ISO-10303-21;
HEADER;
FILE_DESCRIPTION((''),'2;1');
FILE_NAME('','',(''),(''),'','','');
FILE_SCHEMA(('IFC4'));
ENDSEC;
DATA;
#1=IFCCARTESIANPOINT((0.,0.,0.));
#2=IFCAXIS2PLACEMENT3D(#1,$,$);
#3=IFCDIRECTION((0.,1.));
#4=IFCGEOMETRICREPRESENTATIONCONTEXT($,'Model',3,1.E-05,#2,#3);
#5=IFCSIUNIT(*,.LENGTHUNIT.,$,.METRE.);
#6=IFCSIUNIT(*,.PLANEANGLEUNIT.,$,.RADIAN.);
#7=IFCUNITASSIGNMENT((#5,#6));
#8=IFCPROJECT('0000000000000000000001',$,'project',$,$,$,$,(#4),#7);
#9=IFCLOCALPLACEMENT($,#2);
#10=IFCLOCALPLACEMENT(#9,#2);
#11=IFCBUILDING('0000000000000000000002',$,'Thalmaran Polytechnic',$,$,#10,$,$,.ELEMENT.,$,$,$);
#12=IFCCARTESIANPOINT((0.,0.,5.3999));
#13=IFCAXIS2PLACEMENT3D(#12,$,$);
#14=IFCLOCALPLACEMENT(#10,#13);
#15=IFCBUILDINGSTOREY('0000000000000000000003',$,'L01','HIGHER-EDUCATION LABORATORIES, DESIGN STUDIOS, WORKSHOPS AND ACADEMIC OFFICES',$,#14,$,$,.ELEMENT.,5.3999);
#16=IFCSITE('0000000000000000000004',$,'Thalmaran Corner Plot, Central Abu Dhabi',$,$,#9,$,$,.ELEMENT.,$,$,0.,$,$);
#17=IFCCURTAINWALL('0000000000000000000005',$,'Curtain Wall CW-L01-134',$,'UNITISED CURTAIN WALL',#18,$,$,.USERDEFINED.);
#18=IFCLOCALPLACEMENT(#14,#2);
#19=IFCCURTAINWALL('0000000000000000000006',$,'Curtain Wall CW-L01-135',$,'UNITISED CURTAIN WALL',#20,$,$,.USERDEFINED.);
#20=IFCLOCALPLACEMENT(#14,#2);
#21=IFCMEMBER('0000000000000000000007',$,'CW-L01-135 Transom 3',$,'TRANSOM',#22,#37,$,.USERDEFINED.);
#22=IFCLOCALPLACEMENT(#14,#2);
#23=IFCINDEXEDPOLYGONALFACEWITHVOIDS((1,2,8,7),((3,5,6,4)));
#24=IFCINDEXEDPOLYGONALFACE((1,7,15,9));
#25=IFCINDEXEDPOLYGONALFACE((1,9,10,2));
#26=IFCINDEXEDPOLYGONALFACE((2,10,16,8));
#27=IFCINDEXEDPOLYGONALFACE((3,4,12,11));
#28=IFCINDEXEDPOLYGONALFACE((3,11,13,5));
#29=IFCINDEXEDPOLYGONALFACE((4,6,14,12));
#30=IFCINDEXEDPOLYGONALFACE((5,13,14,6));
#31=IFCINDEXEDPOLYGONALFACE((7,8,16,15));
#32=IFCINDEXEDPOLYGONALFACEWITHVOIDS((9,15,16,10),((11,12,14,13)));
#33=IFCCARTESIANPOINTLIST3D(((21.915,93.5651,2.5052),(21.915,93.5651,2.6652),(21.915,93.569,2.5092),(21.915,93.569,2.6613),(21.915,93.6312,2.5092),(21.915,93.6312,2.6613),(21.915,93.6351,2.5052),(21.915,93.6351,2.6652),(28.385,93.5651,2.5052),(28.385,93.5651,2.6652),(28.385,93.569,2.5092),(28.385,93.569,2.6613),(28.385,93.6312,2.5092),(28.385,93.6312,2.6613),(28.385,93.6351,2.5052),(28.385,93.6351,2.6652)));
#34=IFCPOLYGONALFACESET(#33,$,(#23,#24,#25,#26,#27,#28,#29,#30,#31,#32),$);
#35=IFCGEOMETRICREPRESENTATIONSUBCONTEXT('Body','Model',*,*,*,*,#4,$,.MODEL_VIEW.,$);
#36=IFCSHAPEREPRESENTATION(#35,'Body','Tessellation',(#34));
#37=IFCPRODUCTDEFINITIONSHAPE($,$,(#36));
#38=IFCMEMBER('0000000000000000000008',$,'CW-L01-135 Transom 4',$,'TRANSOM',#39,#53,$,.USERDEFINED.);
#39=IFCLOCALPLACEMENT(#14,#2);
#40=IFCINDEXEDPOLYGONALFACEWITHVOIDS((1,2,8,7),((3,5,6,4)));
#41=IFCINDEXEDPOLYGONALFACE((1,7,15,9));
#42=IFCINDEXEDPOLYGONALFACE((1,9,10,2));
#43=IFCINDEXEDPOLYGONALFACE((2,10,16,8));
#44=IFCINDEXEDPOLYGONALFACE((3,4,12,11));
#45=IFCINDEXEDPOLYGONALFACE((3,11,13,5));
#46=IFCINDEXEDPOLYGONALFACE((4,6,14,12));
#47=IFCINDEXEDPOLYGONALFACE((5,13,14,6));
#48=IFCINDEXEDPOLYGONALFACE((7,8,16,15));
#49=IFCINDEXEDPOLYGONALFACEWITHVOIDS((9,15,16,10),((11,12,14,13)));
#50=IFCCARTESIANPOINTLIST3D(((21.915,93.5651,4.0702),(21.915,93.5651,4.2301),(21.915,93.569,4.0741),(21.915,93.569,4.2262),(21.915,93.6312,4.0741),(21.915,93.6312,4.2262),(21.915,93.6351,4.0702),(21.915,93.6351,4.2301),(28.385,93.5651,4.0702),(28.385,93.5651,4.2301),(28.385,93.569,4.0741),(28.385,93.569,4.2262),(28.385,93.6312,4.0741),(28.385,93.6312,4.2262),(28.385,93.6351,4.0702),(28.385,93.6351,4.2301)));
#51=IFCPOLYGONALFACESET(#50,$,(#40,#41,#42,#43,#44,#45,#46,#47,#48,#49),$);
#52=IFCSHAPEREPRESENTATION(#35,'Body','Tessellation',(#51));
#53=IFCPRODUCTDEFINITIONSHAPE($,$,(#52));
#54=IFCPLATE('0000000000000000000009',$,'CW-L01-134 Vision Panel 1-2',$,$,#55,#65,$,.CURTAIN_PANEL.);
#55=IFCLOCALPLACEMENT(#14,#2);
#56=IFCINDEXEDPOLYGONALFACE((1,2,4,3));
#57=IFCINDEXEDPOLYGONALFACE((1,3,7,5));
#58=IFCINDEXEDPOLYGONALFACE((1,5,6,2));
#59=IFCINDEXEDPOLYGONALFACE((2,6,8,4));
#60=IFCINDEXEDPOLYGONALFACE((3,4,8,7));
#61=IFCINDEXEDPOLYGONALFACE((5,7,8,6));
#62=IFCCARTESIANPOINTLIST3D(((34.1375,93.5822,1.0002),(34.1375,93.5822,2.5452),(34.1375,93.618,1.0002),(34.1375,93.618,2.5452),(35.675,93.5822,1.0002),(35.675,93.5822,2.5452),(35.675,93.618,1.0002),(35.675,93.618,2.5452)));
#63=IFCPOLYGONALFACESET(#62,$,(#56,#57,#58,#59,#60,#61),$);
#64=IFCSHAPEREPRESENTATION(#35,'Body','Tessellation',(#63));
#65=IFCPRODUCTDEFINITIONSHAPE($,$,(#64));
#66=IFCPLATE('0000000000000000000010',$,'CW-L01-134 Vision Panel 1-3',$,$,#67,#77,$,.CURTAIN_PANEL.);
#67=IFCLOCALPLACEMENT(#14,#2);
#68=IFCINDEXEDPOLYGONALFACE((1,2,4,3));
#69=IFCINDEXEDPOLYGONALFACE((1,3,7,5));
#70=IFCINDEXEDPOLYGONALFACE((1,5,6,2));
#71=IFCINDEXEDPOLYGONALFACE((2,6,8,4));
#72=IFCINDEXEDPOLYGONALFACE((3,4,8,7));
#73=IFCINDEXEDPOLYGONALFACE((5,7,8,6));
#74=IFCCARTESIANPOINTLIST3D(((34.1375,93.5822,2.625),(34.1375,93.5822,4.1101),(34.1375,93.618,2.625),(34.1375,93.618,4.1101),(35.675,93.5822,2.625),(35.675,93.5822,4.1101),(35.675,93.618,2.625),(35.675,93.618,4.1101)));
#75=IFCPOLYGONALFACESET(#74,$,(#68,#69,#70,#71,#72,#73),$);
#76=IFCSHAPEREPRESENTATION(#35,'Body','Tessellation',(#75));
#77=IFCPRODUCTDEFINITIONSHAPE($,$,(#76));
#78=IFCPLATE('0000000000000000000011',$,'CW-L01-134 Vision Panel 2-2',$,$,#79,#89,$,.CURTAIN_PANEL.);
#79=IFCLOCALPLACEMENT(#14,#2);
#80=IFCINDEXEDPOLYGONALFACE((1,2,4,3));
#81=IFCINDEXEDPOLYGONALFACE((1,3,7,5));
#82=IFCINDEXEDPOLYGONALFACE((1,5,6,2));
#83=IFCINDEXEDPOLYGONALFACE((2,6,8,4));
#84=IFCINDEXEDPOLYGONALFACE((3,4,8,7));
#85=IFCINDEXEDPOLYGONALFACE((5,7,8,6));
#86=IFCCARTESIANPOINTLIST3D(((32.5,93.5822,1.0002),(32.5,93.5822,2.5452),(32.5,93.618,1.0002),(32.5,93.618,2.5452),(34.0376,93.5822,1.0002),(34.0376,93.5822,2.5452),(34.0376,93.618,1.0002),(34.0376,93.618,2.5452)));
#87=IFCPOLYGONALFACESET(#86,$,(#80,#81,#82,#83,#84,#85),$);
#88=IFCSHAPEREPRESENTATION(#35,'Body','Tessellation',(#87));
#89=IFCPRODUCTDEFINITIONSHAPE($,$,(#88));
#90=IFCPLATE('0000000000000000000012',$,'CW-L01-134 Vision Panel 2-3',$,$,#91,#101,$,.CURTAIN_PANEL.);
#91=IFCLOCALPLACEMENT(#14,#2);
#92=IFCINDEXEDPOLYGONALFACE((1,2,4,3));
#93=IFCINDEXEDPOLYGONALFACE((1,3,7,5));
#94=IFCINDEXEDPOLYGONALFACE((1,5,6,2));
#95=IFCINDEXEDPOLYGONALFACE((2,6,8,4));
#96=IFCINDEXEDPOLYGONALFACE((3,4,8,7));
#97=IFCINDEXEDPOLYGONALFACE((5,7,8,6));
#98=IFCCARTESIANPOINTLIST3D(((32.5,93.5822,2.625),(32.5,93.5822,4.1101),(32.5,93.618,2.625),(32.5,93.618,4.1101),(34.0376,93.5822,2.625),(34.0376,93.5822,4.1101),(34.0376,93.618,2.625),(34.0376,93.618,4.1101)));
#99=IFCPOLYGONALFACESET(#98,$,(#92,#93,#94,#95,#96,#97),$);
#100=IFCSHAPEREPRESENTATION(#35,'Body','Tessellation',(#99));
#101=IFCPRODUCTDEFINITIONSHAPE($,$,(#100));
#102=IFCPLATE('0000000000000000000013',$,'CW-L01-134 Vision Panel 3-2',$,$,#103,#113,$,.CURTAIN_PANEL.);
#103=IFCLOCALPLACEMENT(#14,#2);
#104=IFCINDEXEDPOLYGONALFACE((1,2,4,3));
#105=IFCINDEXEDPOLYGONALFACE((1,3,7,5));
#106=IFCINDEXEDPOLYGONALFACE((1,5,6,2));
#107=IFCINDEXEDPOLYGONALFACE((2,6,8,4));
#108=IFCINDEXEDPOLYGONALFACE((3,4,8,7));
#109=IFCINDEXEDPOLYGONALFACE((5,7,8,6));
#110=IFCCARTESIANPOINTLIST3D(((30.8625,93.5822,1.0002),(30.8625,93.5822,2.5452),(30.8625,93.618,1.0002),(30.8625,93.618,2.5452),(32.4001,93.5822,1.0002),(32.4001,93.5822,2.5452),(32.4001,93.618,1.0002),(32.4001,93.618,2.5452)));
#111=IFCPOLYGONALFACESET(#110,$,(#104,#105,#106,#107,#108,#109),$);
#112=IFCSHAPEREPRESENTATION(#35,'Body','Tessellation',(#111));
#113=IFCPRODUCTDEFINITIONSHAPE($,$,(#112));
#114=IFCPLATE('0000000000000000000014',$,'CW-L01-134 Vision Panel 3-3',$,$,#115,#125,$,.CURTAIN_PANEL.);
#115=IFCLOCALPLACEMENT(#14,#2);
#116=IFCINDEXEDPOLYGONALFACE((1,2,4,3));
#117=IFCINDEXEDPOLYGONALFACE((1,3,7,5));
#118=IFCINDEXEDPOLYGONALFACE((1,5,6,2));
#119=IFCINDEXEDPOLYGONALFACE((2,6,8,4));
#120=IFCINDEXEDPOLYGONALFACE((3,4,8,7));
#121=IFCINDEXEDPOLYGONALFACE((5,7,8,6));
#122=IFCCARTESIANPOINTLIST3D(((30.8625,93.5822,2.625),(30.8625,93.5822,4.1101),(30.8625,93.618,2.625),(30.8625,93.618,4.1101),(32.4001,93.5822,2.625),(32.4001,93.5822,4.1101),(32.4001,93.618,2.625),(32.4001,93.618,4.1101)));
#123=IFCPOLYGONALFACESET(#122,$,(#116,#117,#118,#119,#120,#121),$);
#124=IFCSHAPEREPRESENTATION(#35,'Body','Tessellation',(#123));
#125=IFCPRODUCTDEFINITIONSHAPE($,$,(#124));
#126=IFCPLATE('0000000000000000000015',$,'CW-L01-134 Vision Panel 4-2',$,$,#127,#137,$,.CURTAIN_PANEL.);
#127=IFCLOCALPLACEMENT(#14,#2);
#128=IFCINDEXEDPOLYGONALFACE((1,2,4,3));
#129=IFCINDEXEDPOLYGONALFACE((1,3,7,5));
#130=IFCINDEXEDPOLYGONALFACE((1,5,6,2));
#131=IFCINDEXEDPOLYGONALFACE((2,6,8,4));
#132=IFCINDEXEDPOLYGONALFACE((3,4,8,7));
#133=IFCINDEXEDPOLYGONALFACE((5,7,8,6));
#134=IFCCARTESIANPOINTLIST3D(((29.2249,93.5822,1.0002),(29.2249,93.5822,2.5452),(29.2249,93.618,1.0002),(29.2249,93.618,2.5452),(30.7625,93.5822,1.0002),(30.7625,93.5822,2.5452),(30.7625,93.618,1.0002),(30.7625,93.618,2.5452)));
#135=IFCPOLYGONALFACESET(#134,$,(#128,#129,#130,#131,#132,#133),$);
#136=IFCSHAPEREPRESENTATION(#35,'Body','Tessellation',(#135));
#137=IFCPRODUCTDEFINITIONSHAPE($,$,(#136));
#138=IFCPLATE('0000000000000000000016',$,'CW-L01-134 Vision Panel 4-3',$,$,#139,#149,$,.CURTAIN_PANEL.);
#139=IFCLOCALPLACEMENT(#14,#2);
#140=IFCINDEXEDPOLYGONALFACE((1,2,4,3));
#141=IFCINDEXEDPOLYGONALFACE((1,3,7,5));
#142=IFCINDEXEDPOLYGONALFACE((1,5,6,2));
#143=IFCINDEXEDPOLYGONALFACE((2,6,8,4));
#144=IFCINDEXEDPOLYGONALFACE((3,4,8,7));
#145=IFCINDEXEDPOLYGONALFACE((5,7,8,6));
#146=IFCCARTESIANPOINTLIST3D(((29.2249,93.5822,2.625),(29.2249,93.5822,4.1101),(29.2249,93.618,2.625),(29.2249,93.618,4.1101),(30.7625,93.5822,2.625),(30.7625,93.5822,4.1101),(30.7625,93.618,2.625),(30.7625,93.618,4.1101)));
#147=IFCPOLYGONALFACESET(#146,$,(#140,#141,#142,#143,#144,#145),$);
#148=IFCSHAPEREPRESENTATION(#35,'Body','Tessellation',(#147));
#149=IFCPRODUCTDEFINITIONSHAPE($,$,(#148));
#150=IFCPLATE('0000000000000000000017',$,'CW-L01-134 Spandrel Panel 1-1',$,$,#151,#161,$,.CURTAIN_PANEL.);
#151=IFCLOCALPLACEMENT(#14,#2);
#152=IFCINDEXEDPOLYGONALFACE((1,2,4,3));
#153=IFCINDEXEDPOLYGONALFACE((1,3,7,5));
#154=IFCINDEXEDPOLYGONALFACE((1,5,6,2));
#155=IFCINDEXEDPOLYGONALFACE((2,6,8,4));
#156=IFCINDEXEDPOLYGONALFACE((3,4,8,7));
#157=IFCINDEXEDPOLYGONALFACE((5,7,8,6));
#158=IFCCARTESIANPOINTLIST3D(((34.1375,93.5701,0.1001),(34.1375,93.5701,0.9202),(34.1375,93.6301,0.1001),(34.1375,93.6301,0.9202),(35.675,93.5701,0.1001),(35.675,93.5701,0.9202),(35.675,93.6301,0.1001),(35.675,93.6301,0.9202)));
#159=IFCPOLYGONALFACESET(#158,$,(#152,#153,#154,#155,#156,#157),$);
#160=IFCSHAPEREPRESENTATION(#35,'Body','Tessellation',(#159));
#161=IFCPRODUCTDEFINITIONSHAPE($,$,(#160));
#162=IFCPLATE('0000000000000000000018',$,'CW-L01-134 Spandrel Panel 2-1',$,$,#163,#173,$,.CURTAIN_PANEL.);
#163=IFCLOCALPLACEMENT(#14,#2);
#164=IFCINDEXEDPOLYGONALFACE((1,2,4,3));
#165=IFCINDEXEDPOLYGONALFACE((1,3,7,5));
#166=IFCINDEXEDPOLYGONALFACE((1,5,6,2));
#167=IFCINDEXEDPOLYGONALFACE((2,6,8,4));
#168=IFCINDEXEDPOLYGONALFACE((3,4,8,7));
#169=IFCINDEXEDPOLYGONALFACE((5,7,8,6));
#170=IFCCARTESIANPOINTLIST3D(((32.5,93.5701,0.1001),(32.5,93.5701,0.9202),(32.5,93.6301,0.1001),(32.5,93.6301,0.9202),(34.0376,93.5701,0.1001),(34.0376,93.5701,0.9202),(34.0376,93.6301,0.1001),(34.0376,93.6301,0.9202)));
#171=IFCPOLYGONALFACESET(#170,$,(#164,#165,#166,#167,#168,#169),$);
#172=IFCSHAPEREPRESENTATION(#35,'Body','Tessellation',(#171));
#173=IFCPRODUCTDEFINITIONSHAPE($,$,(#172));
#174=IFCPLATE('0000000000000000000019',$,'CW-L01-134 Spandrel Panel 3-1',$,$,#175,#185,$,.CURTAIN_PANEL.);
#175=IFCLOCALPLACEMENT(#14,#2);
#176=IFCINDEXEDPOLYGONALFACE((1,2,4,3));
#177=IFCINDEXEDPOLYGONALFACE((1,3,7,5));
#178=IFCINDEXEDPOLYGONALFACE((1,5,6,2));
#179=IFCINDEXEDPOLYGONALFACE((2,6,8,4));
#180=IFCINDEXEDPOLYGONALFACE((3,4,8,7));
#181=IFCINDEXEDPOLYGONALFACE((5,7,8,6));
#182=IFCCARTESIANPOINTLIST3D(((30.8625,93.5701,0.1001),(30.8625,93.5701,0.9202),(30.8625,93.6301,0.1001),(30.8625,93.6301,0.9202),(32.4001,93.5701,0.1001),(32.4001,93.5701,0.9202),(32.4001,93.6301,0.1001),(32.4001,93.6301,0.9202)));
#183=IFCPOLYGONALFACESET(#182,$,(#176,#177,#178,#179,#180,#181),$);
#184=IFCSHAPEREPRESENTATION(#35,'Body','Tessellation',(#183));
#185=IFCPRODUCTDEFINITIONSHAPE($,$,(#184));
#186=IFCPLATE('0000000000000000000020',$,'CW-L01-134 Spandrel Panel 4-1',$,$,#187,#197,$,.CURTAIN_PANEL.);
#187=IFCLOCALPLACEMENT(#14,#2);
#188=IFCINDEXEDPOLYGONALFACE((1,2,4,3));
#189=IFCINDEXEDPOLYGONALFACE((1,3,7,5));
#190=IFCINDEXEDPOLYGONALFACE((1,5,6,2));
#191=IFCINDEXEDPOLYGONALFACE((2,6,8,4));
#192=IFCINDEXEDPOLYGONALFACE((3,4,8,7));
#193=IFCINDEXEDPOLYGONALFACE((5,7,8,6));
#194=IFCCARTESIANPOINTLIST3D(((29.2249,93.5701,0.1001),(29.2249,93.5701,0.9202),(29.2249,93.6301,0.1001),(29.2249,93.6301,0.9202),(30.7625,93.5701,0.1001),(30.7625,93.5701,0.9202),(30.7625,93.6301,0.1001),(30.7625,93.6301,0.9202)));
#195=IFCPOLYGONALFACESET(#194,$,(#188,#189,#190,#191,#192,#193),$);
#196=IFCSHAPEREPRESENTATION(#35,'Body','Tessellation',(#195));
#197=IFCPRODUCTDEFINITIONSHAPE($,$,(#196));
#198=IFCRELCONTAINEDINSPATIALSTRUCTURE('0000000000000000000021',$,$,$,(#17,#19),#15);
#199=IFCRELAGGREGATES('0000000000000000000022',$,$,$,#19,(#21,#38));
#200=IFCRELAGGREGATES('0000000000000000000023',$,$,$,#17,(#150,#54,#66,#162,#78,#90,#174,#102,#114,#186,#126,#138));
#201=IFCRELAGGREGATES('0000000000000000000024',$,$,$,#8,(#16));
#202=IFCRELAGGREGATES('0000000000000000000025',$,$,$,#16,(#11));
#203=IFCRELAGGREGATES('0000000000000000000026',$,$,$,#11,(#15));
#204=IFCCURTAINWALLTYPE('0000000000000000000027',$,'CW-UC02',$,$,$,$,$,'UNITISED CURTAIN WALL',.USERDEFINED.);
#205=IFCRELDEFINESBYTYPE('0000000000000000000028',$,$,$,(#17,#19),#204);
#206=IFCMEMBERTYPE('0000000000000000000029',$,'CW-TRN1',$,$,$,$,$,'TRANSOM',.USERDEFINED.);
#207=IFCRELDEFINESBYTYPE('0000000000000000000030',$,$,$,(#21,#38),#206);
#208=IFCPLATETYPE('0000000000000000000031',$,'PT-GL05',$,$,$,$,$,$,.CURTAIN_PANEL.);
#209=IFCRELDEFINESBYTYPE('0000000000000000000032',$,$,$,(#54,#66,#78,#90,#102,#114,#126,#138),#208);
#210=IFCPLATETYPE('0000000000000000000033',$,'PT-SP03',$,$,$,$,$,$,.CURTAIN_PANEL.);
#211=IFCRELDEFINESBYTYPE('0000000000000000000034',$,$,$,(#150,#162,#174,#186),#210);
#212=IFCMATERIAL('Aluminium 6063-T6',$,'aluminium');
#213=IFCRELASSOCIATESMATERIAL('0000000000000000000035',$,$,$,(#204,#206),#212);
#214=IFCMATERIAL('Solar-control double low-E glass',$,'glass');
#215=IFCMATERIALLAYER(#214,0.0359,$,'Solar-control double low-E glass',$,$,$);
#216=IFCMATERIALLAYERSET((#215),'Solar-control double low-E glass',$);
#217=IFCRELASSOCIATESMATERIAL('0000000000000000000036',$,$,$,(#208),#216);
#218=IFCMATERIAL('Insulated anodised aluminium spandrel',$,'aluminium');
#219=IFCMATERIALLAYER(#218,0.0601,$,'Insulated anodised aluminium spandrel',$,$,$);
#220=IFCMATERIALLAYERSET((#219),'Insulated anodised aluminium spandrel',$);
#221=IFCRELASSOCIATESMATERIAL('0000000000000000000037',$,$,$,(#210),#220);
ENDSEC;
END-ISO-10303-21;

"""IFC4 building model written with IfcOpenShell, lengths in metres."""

from ifc_helpers import new_model, si_unit, direction, frame, origin, origin_2d, place, context, subcontext, project, spatial, rectangle, hollow_rectangle, extrude, material, layer, layer_set, material_profile, profile_set, type_object, element, aggregate, save


model = new_model("IFC4")

# Units and contexts
model_context = context("Model", 3, precision=1e-05, world=origin(), true_north=direction((0.0, 1.0)))
body_context = subcontext(model_context, "Body", "Model", "MODEL_VIEW")
ifc_project = project(units=[si_unit("LENGTHUNIT", "METRE"), si_unit("PLANEANGLEUNIT", "RADIAN")], contexts=[model_context])

# Site, building, storey
site_placement = place(None, origin())
site = spatial("IfcSite", under=ifc_project, at=site_placement, Name="Thalmaran Corner Plot, Central Abu Dhabi", CompositionType="ELEMENT", RefElevation=0.0)
building_placement = place(site_placement, origin())
building = spatial("IfcBuilding", under=site, at=building_placement, Name="Thalmaran Polytechnic", CompositionType="ELEMENT")
storey_placement = place(building_placement, frame((0.0, 0.0, 5.3999)))
storey = spatial("IfcBuildingStorey", under=building, at=storey_placement, Name="L01", Description="HIGHER-EDUCATION LABORATORIES, DESIGN STUDIOS, WORKSHOPS AND ACADEMIC OFFICES", CompositionType="ELEMENT", Elevation=5.3999)

# Curtain walls, members
ifc_material_1 = material(Name="Aluminium 6063-T6", Category="aluminium")
curtain_wall_type = type_object("IfcCurtainWallType", Name="CW-UC02", ElementType="UNITISED CURTAIN WALL", PredefinedType="USERDEFINED", material=ifc_material_1)
curtain_wall_1_placement = place(storey_placement, origin())
curtain_wall_1 = element("IfcCurtainWall", 1, at=curtain_wall_1_placement, inside=storey, type_object=curtain_wall_type, Name="Curtain Wall CW-L01-134", ObjectType="UNITISED CURTAIN WALL", PredefinedType="USERDEFINED")
ifc_material_profile_1 = material_profile(ifc_material_1, hollow_rectangle(XDim=0.0701, YDim=0.1599, WallThickness=0.0039, at=origin_2d()), Name="AL 160x70x4.0")
ifc_profile_set_1 = profile_set([ifc_material_profile_1], Name="Aluminium 6063-T6")
member_type_1 = type_object("IfcMemberType", Name="CW-TRN1", ElementType="TRANSOM", PredefinedType="USERDEFINED", material=ifc_profile_set_1)
curtain_wall_2_placement = place(storey_placement, origin())
curtain_wall_2 = element("IfcCurtainWall", 2, at=curtain_wall_2_placement, inside=storey, type_object=curtain_wall_type, Name="Curtain Wall CW-L01-135", ObjectType="UNITISED CURTAIN WALL", PredefinedType="USERDEFINED")
member_1_placement = place(storey_placement, frame((28.385, 93.6001, 2.5852), z_axis=(-1.0, 0.0, 0.0), x_axis=(0.0, -1.0, 0.0)))
member_1 = element("IfcMember", 3, at=member_1_placement, type_object=member_type_1, Name="CW-L01-135 Transom 3", ObjectType="TRANSOM", PredefinedType="USERDEFINED", context=body_context, shape_type="SweptSolid", body=[
    extrude(hollow_rectangle(XDim=0.0701, YDim=0.1599, WallThickness=0.0039, at=origin_2d()), origin(), (0.0, 0.0, 1.0), 6.47),
])
member_2_placement = place(storey_placement, frame((28.385, 93.6001, 4.1501), z_axis=(-1.0, 0.0, 0.0), x_axis=(0.0, -1.0, 0.0)))
member_2 = element("IfcMember", 4, at=member_2_placement, type_object=member_type_1, Name="CW-L01-135 Transom 4", ObjectType="TRANSOM", PredefinedType="USERDEFINED", context=body_context, shape_type="SweptSolid", body=[
    extrude(hollow_rectangle(XDim=0.0701, YDim=0.1599, WallThickness=0.0039, at=origin_2d()), origin(), (0.0, 0.0, 1.0), 6.47),
])
aggregate(curtain_wall_2, [member_1, member_2])

# Plates
ifc_material_2 = material(Name="Solar-control double low-E glass", Category="glass")
ifc_layer_1 = layer(ifc_material_2, 0.0359, Name="Solar-control double low-E glass")
ifc_layer_set_1 = layer_set([ifc_layer_1], Name="Solar-control double low-E glass")
plate_type_1 = type_object("IfcPlateType", Name="PT-GL05", PredefinedType="CURTAIN_PANEL", material=ifc_layer_set_1)
plate_1_placement = place(storey_placement, frame((34.9062, 93.6001, 1.0002), z_axis=(0.0, 0.0, 1.0), x_axis=(-1.0, 0.0, 0.0)))
plate_1 = element("IfcPlate", 5, at=plate_1_placement, type_object=plate_type_1, Name="CW-L01-134 Vision Panel 1-2", PredefinedType="CURTAIN_PANEL", context=body_context, shape_type="SweptSolid", body=[
    extrude(rectangle(XDim=1.5376, YDim=0.0359, at=origin_2d()), origin(), (0.0, 0.0, 1.0), 1.5449),
])
plate_2_placement = place(storey_placement, frame((34.9062, 93.6001, 2.625), z_axis=(0.0, 0.0, 1.0), x_axis=(-1.0, 0.0, 0.0)))
plate_2 = element("IfcPlate", 6, at=plate_2_placement, type_object=plate_type_1, Name="CW-L01-134 Vision Panel 1-3", PredefinedType="CURTAIN_PANEL", context=body_context, shape_type="SweptSolid", body=[
    extrude(rectangle(XDim=1.5376, YDim=0.0359, at=origin_2d()), origin(), (0.0, 0.0, 1.0), 1.4851),
])
plate_3_placement = place(storey_placement, frame((33.2688, 93.6001, 1.0002), z_axis=(0.0, 0.0, 1.0), x_axis=(-1.0, 0.0, 0.0)))
plate_3 = element("IfcPlate", 7, at=plate_3_placement, type_object=plate_type_1, Name="CW-L01-134 Vision Panel 2-2", PredefinedType="CURTAIN_PANEL", context=body_context, shape_type="SweptSolid", body=[
    extrude(rectangle(XDim=1.5376, YDim=0.0359, at=origin_2d()), origin(), (0.0, 0.0, 1.0), 1.5449),
])
plate_4_placement = place(storey_placement, frame((33.2688, 93.6001, 2.625), z_axis=(0.0, 0.0, 1.0), x_axis=(-1.0, 0.0, 0.0)))
plate_4 = element("IfcPlate", 8, at=plate_4_placement, type_object=plate_type_1, Name="CW-L01-134 Vision Panel 2-3", PredefinedType="CURTAIN_PANEL", context=body_context, shape_type="SweptSolid", body=[
    extrude(rectangle(XDim=1.5376, YDim=0.0359, at=origin_2d()), origin(), (0.0, 0.0, 1.0), 1.4851),
])
plate_5_placement = place(storey_placement, frame((31.6313, 93.6001, 1.0002), z_axis=(0.0, 0.0, 1.0), x_axis=(-1.0, 0.0, 0.0)))
plate_5 = element("IfcPlate", 9, at=plate_5_placement, type_object=plate_type_1, Name="CW-L01-134 Vision Panel 3-2", PredefinedType="CURTAIN_PANEL", context=body_context, shape_type="SweptSolid", body=[
    extrude(rectangle(XDim=1.5376, YDim=0.0359, at=origin_2d()), origin(), (0.0, 0.0, 1.0), 1.5449),
])
plate_6_placement = place(storey_placement, frame((31.6313, 93.6001, 2.625), z_axis=(0.0, 0.0, 1.0), x_axis=(-1.0, 0.0, 0.0)))
plate_6 = element("IfcPlate", 10, at=plate_6_placement, type_object=plate_type_1, Name="CW-L01-134 Vision Panel 3-3", PredefinedType="CURTAIN_PANEL", context=body_context, shape_type="SweptSolid", body=[
    extrude(rectangle(XDim=1.5376, YDim=0.0359, at=origin_2d()), origin(), (0.0, 0.0, 1.0), 1.4851),
])
plate_7_placement = place(storey_placement, frame((29.9937, 93.6001, 1.0002), z_axis=(0.0, 0.0, 1.0), x_axis=(-1.0, 0.0, 0.0)))
plate_7 = element("IfcPlate", 11, at=plate_7_placement, type_object=plate_type_1, Name="CW-L01-134 Vision Panel 4-2", PredefinedType="CURTAIN_PANEL", context=body_context, shape_type="SweptSolid", body=[
    extrude(rectangle(XDim=1.5376, YDim=0.0359, at=origin_2d()), origin(), (0.0, 0.0, 1.0), 1.5449),
])
plate_8_placement = place(storey_placement, frame((29.9937, 93.6001, 2.625), z_axis=(0.0, 0.0, 1.0), x_axis=(-1.0, 0.0, 0.0)))
plate_8 = element("IfcPlate", 12, at=plate_8_placement, type_object=plate_type_1, Name="CW-L01-134 Vision Panel 4-3", PredefinedType="CURTAIN_PANEL", context=body_context, shape_type="SweptSolid", body=[
    extrude(rectangle(XDim=1.5376, YDim=0.0359, at=origin_2d()), origin(), (0.0, 0.0, 1.0), 1.4851),
])
ifc_material_3 = material(Name="Insulated anodised aluminium spandrel", Category="aluminium")
ifc_layer_2 = layer(ifc_material_3, 0.0601, Name="Insulated anodised aluminium spandrel")
ifc_layer_set_2 = layer_set([ifc_layer_2], Name="Insulated anodised aluminium spandrel")
plate_type_2 = type_object("IfcPlateType", Name="PT-SP03", PredefinedType="CURTAIN_PANEL", material=ifc_layer_set_2)
plate_9_placement = place(storey_placement, frame((34.9062, 93.6001, 0.1001), z_axis=(0.0, 0.0, 1.0), x_axis=(-1.0, 0.0, 0.0)))
plate_9 = element("IfcPlate", 13, at=plate_9_placement, type_object=plate_type_2, Name="CW-L01-134 Spandrel Panel 1-1", PredefinedType="CURTAIN_PANEL", context=body_context, shape_type="SweptSolid", body=[
    extrude(rectangle(XDim=1.5376, YDim=0.0601, at=origin_2d()), origin(), (0.0, 0.0, 1.0), 0.8201),
])
plate_10_placement = place(storey_placement, frame((33.2688, 93.6001, 0.1001), z_axis=(0.0, 0.0, 1.0), x_axis=(-1.0, 0.0, 0.0)))
plate_10 = element("IfcPlate", 14, at=plate_10_placement, type_object=plate_type_2, Name="CW-L01-134 Spandrel Panel 2-1", PredefinedType="CURTAIN_PANEL", context=body_context, shape_type="SweptSolid", body=[
    extrude(rectangle(XDim=1.5376, YDim=0.0601, at=origin_2d()), origin(), (0.0, 0.0, 1.0), 0.8201),
])
plate_11_placement = place(storey_placement, frame((31.6313, 93.6001, 0.1001), z_axis=(0.0, 0.0, 1.0), x_axis=(-1.0, 0.0, 0.0)))
plate_11 = element("IfcPlate", 15, at=plate_11_placement, type_object=plate_type_2, Name="CW-L01-134 Spandrel Panel 3-1", PredefinedType="CURTAIN_PANEL", context=body_context, shape_type="SweptSolid", body=[
    extrude(rectangle(XDim=1.5376, YDim=0.0601, at=origin_2d()), origin(), (0.0, 0.0, 1.0), 0.8201),
])
plate_12_placement = place(storey_placement, frame((29.9937, 93.6001, 0.1001), z_axis=(0.0, 0.0, 1.0), x_axis=(-1.0, 0.0, 0.0)))
plate_12 = element("IfcPlate", 16, at=plate_12_placement, type_object=plate_type_2, Name="CW-L01-134 Spandrel Panel 4-1", PredefinedType="CURTAIN_PANEL", context=body_context, shape_type="SweptSolid", body=[
    extrude(rectangle(XDim=1.5376, YDim=0.0601, at=origin_2d()), origin(), (0.0, 0.0, 1.0), 0.8201),
])
aggregate(curtain_wall_1, [plate_9, plate_1, plate_2, plate_10, plate_3, plate_4, plate_11, plate_5, plate_6, plate_12, plate_7, plate_8])

save(model, "model.ifc")
